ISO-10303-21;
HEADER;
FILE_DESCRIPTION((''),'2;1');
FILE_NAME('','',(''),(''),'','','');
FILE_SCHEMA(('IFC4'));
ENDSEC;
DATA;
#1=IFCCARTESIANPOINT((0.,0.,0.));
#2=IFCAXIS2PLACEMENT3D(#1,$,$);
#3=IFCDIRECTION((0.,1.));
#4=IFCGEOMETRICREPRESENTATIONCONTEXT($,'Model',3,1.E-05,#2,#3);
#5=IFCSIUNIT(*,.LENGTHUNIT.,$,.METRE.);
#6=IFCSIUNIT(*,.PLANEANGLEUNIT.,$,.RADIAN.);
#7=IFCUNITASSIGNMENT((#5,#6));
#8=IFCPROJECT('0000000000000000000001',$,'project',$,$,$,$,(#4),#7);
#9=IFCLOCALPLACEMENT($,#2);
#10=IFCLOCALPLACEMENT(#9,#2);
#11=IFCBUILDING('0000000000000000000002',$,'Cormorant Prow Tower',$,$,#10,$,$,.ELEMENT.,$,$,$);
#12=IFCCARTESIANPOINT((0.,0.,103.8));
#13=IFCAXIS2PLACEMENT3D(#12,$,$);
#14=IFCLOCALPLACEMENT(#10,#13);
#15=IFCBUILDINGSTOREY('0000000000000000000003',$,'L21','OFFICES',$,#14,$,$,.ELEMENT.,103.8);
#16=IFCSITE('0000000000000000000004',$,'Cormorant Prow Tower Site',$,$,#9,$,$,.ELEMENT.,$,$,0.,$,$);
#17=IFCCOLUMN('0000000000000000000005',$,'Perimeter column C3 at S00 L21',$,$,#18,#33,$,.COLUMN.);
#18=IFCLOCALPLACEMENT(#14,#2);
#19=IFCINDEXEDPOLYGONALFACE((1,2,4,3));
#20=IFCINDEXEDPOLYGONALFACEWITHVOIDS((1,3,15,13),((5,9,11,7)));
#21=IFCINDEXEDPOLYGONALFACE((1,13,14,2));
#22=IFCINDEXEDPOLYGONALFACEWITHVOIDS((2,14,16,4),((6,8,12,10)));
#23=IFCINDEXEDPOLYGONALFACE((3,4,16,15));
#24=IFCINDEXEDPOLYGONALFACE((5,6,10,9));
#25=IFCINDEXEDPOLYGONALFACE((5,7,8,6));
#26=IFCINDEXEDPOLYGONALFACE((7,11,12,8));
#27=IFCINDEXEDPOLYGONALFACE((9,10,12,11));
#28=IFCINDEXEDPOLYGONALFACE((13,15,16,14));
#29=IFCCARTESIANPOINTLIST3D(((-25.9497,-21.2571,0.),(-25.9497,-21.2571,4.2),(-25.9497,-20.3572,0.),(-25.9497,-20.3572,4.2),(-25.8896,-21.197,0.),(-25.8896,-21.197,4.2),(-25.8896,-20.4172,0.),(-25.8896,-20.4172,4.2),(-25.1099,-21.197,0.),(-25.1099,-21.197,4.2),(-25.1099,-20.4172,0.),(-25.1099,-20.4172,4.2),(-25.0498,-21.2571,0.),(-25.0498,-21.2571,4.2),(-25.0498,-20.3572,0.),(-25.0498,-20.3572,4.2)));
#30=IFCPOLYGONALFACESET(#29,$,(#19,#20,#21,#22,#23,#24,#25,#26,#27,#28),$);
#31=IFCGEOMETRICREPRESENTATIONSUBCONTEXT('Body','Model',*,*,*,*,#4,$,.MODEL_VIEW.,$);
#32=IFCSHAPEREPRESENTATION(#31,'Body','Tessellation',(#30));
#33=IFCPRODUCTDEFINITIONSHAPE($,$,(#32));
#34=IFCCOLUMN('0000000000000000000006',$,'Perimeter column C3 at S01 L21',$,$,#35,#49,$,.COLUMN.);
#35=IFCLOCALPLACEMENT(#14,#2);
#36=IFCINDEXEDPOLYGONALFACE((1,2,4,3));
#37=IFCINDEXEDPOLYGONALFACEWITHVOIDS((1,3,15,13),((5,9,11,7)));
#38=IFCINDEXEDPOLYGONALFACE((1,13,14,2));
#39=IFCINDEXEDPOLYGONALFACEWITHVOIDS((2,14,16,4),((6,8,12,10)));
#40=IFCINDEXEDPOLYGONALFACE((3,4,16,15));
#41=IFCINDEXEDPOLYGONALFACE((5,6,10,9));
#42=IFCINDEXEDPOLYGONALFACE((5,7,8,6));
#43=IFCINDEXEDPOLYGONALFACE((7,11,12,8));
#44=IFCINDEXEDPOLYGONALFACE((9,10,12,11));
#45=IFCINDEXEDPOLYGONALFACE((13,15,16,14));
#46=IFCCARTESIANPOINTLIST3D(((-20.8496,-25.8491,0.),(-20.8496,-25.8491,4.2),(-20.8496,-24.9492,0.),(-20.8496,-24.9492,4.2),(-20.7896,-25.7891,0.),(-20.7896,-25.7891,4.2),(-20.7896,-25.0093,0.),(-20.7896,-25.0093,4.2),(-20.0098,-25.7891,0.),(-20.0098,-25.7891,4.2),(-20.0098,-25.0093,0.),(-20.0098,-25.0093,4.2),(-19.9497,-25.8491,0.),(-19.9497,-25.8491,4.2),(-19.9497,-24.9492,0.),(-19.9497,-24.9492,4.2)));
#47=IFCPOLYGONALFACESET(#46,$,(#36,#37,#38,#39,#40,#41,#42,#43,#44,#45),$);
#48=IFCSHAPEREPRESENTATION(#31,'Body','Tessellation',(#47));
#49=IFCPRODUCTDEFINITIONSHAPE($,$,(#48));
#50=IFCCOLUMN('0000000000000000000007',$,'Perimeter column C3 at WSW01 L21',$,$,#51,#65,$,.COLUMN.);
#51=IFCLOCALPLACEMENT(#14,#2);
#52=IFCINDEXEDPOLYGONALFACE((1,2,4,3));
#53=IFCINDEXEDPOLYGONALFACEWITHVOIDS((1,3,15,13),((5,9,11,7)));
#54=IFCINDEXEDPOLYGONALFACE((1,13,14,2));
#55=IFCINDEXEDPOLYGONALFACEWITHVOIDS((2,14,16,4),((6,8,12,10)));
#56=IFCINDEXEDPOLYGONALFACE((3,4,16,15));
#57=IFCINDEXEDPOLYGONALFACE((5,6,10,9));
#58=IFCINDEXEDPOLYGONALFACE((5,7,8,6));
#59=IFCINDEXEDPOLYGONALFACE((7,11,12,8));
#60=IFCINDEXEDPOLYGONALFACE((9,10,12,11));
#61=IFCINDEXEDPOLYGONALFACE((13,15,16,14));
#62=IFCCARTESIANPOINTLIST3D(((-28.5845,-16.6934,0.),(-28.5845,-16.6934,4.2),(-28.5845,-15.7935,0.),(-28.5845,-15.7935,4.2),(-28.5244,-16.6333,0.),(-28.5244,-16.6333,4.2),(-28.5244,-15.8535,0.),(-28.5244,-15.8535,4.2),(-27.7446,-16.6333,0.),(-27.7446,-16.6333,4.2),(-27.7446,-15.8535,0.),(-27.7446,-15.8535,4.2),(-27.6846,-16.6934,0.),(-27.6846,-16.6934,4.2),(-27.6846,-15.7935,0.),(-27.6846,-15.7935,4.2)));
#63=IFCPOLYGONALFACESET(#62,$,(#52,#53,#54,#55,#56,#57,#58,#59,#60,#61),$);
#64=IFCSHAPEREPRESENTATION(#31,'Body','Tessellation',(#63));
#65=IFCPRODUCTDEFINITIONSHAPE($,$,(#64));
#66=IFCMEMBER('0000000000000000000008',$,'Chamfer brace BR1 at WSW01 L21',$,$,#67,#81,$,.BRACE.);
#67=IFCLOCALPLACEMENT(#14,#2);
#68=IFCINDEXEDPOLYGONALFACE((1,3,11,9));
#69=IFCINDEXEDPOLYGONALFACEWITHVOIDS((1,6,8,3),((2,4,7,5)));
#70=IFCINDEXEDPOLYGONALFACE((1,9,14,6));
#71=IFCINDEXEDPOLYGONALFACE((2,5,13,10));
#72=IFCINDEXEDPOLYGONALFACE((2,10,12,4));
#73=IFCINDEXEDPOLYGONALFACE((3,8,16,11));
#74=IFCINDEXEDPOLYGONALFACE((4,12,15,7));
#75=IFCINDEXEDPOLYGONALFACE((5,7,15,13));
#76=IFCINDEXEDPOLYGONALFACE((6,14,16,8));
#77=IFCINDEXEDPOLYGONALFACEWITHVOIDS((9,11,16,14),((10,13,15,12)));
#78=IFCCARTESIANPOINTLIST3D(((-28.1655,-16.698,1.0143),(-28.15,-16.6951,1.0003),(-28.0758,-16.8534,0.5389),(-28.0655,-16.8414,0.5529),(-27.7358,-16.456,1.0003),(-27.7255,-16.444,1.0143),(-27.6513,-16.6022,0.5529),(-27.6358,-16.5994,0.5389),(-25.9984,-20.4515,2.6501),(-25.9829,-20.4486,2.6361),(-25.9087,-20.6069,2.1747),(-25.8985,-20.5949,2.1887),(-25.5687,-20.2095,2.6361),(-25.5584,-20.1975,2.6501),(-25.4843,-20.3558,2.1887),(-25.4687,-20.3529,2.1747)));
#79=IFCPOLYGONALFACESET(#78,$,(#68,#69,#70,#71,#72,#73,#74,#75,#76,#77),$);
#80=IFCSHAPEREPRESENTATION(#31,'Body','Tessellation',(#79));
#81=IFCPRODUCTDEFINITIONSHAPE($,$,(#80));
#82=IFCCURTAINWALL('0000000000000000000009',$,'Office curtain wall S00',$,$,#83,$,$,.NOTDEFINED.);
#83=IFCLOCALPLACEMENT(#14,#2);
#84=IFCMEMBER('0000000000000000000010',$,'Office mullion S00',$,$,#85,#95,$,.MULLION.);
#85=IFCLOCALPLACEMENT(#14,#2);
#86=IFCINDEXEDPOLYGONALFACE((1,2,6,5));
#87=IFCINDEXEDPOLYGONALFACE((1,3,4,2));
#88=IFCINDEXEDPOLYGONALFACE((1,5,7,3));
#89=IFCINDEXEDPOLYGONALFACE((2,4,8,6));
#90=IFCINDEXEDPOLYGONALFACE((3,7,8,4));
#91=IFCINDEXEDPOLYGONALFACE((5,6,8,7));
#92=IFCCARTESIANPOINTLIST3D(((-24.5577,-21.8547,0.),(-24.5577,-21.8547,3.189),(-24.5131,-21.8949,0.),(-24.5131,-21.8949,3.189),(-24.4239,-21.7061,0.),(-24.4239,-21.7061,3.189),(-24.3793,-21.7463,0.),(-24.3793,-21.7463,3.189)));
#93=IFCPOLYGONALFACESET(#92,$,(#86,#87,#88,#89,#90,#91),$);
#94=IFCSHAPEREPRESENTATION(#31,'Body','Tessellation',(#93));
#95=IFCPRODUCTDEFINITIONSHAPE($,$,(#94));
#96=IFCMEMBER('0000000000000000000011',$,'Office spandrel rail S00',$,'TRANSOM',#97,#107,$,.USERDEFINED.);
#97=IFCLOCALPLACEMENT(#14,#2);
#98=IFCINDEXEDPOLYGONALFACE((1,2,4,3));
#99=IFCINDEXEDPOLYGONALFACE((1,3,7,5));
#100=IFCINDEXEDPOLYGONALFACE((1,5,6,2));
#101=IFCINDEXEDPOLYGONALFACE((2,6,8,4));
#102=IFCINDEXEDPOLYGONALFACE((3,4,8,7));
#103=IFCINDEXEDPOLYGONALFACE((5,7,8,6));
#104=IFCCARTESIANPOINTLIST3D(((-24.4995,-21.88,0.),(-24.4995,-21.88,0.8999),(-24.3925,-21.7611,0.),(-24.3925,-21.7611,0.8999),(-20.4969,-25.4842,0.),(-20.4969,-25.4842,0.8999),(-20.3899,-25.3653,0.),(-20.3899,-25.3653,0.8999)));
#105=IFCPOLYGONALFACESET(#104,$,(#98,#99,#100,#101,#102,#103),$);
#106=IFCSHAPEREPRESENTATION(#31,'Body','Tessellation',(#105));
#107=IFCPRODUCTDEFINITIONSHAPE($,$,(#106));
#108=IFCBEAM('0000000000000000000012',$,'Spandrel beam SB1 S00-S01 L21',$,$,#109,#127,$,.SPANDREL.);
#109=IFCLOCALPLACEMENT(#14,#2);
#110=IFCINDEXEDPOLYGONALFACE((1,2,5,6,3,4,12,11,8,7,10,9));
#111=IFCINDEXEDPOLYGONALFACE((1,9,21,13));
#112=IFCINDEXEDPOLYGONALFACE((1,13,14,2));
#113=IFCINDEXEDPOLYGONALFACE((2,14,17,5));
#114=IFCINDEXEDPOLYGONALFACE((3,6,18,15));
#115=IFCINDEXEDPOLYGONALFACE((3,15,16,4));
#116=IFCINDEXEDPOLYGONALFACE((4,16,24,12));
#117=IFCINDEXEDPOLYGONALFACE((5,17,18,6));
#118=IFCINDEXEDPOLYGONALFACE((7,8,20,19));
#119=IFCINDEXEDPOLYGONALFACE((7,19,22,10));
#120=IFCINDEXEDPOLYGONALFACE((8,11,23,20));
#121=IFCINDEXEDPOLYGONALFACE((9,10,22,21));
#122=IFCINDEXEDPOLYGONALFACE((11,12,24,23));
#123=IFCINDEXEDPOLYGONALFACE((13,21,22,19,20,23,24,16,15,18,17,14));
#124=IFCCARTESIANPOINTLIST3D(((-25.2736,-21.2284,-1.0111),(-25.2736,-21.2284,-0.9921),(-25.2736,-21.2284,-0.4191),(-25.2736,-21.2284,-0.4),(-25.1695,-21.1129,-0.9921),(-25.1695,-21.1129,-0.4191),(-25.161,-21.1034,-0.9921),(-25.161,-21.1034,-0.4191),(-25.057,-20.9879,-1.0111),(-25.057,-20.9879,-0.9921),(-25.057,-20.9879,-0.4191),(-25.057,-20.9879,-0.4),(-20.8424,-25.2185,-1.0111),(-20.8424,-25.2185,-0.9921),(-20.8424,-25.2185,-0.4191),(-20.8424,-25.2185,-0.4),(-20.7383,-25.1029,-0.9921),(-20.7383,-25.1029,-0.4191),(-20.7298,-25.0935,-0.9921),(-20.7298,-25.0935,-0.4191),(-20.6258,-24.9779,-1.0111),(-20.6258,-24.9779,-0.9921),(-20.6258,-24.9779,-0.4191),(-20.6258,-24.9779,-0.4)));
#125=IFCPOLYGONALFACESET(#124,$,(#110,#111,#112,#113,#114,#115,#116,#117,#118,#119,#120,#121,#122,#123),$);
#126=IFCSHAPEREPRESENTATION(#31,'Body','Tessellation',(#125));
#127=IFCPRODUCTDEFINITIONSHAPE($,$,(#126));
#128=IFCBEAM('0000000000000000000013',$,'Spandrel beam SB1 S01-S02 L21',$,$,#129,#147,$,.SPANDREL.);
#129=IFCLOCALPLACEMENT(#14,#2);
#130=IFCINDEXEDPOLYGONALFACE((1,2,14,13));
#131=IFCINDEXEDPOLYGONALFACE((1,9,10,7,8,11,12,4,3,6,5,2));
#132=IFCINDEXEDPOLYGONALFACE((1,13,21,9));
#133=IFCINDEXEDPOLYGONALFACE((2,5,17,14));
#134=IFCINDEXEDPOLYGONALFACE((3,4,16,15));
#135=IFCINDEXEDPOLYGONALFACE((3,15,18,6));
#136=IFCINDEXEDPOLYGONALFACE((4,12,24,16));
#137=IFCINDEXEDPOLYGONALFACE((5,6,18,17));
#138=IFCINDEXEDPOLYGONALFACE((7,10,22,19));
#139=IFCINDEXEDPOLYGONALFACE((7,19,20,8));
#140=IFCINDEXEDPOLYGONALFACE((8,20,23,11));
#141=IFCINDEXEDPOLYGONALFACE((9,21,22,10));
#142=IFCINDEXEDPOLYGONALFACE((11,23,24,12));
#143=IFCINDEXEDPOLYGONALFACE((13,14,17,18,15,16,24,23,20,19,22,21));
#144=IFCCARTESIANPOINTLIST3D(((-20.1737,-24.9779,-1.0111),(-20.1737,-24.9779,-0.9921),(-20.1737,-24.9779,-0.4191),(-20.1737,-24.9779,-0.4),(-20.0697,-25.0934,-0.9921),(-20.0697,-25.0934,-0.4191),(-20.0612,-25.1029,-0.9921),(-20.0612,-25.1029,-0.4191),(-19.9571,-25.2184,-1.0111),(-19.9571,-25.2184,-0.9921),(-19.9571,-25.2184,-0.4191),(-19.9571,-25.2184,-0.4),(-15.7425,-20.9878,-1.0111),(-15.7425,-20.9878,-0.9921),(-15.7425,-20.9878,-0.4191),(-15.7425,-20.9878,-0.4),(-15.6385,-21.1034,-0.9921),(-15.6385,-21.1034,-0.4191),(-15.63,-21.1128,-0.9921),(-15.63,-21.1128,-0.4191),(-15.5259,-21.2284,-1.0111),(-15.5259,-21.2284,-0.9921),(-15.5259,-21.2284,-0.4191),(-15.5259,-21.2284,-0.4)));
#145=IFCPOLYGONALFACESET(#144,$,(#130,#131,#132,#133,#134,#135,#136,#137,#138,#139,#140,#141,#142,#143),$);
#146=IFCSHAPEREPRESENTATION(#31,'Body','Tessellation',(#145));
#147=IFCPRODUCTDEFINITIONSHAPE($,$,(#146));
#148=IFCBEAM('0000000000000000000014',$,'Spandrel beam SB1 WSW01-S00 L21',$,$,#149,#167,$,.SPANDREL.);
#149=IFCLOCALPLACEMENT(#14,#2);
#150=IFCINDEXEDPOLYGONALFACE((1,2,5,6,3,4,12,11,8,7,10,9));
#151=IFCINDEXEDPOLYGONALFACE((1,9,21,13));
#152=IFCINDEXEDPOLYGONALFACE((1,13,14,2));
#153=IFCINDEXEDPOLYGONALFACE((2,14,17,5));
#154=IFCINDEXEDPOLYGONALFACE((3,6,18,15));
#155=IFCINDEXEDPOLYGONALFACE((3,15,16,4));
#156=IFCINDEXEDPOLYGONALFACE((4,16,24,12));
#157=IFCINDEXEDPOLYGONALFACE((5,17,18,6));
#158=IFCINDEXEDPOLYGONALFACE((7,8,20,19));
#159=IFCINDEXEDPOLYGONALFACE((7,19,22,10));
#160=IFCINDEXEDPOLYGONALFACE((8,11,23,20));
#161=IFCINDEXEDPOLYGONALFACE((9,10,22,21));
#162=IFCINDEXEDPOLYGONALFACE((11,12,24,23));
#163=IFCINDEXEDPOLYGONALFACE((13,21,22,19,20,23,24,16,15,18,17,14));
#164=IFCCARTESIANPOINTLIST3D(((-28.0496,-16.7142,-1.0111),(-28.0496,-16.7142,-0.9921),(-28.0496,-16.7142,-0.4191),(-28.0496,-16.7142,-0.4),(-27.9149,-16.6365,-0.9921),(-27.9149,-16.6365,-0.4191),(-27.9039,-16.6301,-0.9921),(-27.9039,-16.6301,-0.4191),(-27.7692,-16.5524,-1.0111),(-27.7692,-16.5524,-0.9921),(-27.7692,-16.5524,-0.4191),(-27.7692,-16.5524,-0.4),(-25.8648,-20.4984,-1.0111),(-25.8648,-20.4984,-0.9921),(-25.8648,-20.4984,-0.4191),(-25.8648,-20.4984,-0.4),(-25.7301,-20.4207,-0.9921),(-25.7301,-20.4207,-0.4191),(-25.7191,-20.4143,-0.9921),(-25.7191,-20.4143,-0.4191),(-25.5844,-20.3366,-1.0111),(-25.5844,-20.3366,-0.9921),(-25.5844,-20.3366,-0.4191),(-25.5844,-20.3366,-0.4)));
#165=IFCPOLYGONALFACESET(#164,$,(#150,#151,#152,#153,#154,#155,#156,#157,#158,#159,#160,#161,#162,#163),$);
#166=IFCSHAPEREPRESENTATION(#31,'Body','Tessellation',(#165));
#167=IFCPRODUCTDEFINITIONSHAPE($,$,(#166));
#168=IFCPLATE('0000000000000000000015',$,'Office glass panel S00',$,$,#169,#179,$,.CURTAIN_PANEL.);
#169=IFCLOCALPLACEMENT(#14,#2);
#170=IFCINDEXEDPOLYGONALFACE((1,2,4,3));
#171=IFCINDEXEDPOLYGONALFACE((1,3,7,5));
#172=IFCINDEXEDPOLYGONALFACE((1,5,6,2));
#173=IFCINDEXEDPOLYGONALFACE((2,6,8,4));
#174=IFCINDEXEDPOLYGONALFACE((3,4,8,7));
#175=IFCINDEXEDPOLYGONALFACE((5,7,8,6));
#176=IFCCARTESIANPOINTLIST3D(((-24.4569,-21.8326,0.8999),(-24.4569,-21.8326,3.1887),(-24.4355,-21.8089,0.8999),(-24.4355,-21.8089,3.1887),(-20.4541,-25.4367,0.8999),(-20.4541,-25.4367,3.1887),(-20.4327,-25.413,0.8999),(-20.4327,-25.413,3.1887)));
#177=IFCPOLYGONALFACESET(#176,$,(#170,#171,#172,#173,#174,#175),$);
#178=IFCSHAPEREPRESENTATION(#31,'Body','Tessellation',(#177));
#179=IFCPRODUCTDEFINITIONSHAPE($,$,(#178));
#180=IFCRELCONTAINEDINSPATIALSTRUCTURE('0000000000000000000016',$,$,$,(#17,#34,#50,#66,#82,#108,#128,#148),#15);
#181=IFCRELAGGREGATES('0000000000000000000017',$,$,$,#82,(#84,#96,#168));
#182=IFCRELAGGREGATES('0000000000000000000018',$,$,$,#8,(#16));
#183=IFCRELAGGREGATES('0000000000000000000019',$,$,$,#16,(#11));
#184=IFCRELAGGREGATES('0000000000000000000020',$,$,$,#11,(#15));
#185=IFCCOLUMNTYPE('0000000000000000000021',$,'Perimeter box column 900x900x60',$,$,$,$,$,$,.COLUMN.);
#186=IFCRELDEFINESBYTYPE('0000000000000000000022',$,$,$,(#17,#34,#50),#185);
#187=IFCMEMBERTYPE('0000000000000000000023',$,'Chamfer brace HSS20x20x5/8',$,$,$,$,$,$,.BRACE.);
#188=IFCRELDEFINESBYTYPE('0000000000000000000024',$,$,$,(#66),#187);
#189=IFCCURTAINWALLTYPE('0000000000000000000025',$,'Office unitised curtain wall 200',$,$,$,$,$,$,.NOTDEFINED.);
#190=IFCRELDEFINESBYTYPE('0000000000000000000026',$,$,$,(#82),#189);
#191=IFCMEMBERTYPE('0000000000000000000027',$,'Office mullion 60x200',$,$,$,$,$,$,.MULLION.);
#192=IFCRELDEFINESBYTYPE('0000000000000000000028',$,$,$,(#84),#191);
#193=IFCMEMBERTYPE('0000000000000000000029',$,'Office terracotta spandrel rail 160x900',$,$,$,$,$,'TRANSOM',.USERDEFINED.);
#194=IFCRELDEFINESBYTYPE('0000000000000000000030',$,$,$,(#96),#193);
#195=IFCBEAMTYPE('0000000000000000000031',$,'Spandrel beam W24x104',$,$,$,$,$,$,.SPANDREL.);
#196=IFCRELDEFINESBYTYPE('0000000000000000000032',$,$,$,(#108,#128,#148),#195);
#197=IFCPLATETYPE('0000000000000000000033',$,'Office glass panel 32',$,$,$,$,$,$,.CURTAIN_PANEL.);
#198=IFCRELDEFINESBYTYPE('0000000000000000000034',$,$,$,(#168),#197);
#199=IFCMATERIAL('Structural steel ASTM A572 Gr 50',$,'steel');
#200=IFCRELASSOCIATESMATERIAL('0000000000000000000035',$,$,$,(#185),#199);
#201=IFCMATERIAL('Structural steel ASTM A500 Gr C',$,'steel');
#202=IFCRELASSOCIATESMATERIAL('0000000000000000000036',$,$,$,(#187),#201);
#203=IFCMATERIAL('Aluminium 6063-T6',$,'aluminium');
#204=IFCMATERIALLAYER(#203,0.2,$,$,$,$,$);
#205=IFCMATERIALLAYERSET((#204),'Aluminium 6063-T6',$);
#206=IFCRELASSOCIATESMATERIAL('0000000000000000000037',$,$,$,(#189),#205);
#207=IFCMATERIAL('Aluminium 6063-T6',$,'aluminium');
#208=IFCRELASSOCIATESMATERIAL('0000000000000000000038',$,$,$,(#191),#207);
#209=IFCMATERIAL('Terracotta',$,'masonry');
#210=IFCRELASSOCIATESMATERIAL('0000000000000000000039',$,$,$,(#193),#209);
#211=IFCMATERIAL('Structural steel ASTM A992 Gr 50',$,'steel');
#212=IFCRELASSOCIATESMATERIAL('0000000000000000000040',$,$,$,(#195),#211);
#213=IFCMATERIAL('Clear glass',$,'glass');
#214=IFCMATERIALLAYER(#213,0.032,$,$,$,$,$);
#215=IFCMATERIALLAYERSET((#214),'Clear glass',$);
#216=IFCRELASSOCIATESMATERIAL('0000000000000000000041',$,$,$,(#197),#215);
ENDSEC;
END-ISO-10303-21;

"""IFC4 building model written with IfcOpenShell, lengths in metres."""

from ifc_helpers import new_model, si_unit, direction, frame, origin, origin_2d, place, context, subcontext, project, spatial, rectangle, hollow_rectangle, i_section, extrude, material, layer, layer_set, material_profile, profile_set, type_object, element, aggregate, save


model = new_model("IFC4")

# Units and contexts
model_context = context("Model", 3, precision=1e-05, world=origin(), true_north=direction((0.0, 1.0)))
body_context = subcontext(model_context, "Body", "Model", "MODEL_VIEW")
ifc_project = project(units=[si_unit("LENGTHUNIT", "METRE"), si_unit("PLANEANGLEUNIT", "RADIAN")], contexts=[model_context])

# Site, building, storey
site_placement = place(None, origin())
site = spatial("IfcSite", under=ifc_project, at=site_placement, Name="Cormorant Prow Tower Site", CompositionType="ELEMENT", RefElevation=0.0)
building_placement = place(site_placement, origin())
building = spatial("IfcBuilding", under=site, at=building_placement, Name="Cormorant Prow Tower", CompositionType="ELEMENT")
storey_placement = place(building_placement, frame((0.0, 0.0, 103.8)))
storey = spatial("IfcBuildingStorey", under=building, at=storey_placement, Name="L21", Description="OFFICES", CompositionType="ELEMENT", Elevation=103.8)

# Columns
ifc_material_1 = material(Name="Structural steel ASTM A572 Gr 50", Category="steel")
ifc_material_profile_1 = material_profile(ifc_material_1, hollow_rectangle(XDim=0.8999, YDim=0.8999, WallThickness=0.0601, at=origin_2d()), Name="Box 900x900x60")
ifc_profile_set_1 = profile_set([ifc_material_profile_1], Name="Structural steel ASTM A572 Gr 50")
column_type = type_object("IfcColumnType", Name="Perimeter box column 900x900x60", PredefinedType="COLUMN", material=ifc_profile_set_1)
for number, where, z_axis, x_axis, name in (
    (1, (-25.4998, -20.8071, 0.0), (0.0, 0.0, 1.0), (1.0, 0.0, 0.0), "Perimeter column C3 at S00 L21"),
    (2, (-20.3997, -25.3992, 0.0), (0.0, 0.0, 1.0), (1.0, 0.0, 0.0), "Perimeter column C3 at S01 L21"),
    (3, (-28.1345, -16.2434, 0.0), (0.0, 0.0, 1.0), (1.0, 0.0, 0.0), "Perimeter column C3 at WSW01 L21"),
):
    element("IfcColumn", number, at=place(storey_placement, frame(where, z_axis=z_axis, x_axis=x_axis)), inside=storey, type_object=column_type, Name=name, PredefinedType="COLUMN", context=body_context, shape_type="SweptSolid", body=[
        extrude(hollow_rectangle(XDim=0.8999, YDim=0.8999, WallThickness=0.0601, at=origin_2d()), origin(), (0.0, 0.0, 1.0), 4.2),
    ])

# Member
ifc_material_2 = material(Name="Structural steel ASTM A500 Gr C", Category="steel")
ifc_material_profile_2 = material_profile(ifc_material_2, hollow_rectangle(XDim=0.5081, YDim=0.5081, WallThickness=0.0149, at=origin_2d()), Name="HSS20x20x5/8")
ifc_profile_set_2 = profile_set([ifc_material_profile_2], Name="Structural steel ASTM A500 Gr C")
member_type_1 = type_object("IfcMemberType", Name="Chamfer brace HSS20x20x5/8", PredefinedType="BRACE", material=ifc_profile_set_2)
member_1_placement = place(storey_placement, frame((-27.9006, -16.6487, 0.7766), z_axis=(0.467785, -0.810244, 0.353105), x_axis=(0.86603, 0.499992, 0.0)))
element("IfcMember", 4, at=member_1_placement, inside=storey, type_object=member_type_1, Name="Chamfer brace BR1 at WSW01 L21", PredefinedType="BRACE", context=body_context, shape_type="SweptSolid", body=[
    extrude(hollow_rectangle(XDim=0.5081, YDim=0.5081, WallThickness=0.0149, at=origin_2d()), origin(), (0.0, 0.0, 1.0), 4.6326),
])

# Curtain wall, members
ifc_material_3 = material(Name="Aluminium 6063-T6", Category="aluminium")
ifc_layer_1 = layer(ifc_material_3, 0.2)
ifc_layer_set_1 = layer_set([ifc_layer_1], Name="Aluminium 6063-T6")
curtain_wall_type = type_object("IfcCurtainWallType", Name="Office unitised curtain wall 200", PredefinedType="NOTDEFINED", material=ifc_layer_set_1)
curtain_wall_placement = place(storey_placement, origin())
curtain_wall = element("IfcCurtainWall", 5, at=curtain_wall_placement, inside=storey, type_object=curtain_wall_type, Name="Office curtain wall S00", PredefinedType="NOTDEFINED")
ifc_material_4 = material(Name="Aluminium 6063-T6", Category="aluminium")
ifc_material_profile_3 = material_profile(ifc_material_4, rectangle(XDim=0.2, YDim=0.0601, at=origin_2d()), Name="Office mullion 60x200")
ifc_profile_set_3 = profile_set([ifc_material_profile_3], Name="Aluminium 6063-T6")
member_type_2 = type_object("IfcMemberType", Name="Office mullion 60x200", PredefinedType="MULLION", material=ifc_profile_set_3)
member_2_placement = place(storey_placement, frame((-24.4685, -21.8005, 0.0), z_axis=(0.0, 0.0, 1.0), x_axis=(0.669131, 0.743145, 0.0)))
member_2 = element("IfcMember", 6, at=member_2_placement, type_object=member_type_2, Name="Office mullion S00", PredefinedType="MULLION", context=body_context, shape_type="SweptSolid", body=[
    extrude(rectangle(XDim=0.2, YDim=0.0601, at=origin_2d()), origin(), (0.0, 0.0, 1.0), 3.189),
])
ifc_material_5 = material(Name="Terracotta", Category="masonry")
ifc_material_profile_4 = material_profile(ifc_material_5, rectangle(XDim=0.1599, YDim=0.8999, at=origin_2d()), Name="Office terracotta spandrel rail 160x900")
ifc_profile_set_4 = profile_set([ifc_material_profile_4], Name="Terracotta")
member_type_3 = type_object("IfcMemberType", Name="Office terracotta spandrel rail 160x900", ElementType="TRANSOM", PredefinedType="USERDEFINED", material=ifc_profile_set_4)
member_3_placement = place(storey_placement, frame((-24.446, -21.8206, 0.45), z_axis=(0.743125, -0.669153, 0.0), x_axis=(0.669153, 0.743125, 0.0)))
member_3 = element("IfcMember", 7, at=member_3_placement, type_object=member_type_3, Name="Office spandrel rail S00", ObjectType="TRANSOM", PredefinedType="USERDEFINED", context=body_context, shape_type="SweptSolid", body=[
    extrude(rectangle(XDim=0.1599, YDim=0.8999, at=origin_2d()), origin(), (0.0, 0.0, 1.0), 5.3862),
])

# Beams
ifc_material_6 = material(Name="Structural steel ASTM A992 Gr 50", Category="steel")
ifc_material_profile_5 = material_profile(ifc_material_6, i_section(OverallWidth=0.3237, OverallDepth=0.6111, WebThickness=0.0127, FlangeThickness=0.019, at=origin_2d()), Name="W24x104")
ifc_profile_set_5 = profile_set([ifc_material_profile_5], Name="Structural steel ASTM A992 Gr 50")
beam_type = type_object("IfcBeamType", Name="Spandrel beam W24x104", PredefinedType="SPANDREL", material=ifc_profile_set_5)
for number, where, z_axis, x_axis, name in (
    (8, (-25.1653, -21.1082, -0.7056), (0.743131, -0.669146, 0.0), (0.669146, 0.743131, 0.0), "Spandrel beam SB1 S00-S01 L21"),
    (9, (-20.0654, -25.0981, -0.7056), (0.743131, 0.669146, 0.0), (-0.669146, 0.743131, 0.0), "Spandrel beam SB1 S01-S02 L21"),
):
    element("IfcBeam", number, at=place(storey_placement, frame(where, z_axis=z_axis, x_axis=x_axis)), inside=storey, type_object=beam_type, Name=name, PredefinedType="SPANDREL", context=body_context, shape_type="SweptSolid", body=[
        extrude(i_section(OverallWidth=0.3237, OverallDepth=0.6111, WebThickness=0.0127, FlangeThickness=0.019, at=origin_2d()), origin(), (0.0, 0.0, 1.0), 5.9629),
    ])
beam_placement = place(storey_placement, frame((-27.9094, -16.6333, -0.7056), z_axis=(0.500003, -0.866024, 0.0), x_axis=(0.866024, 0.500003, 0.0)))
element("IfcBeam", 10, at=beam_placement, inside=storey, type_object=beam_type, Name="Spandrel beam SB1 WSW01-S00 L21", PredefinedType="SPANDREL", context=body_context, shape_type="SweptSolid", body=[
    extrude(i_section(OverallWidth=0.3237, OverallDepth=0.6111, WebThickness=0.0127, FlangeThickness=0.019, at=origin_2d()), origin(), (0.0, 0.0, 1.0), 4.3696),
])

# Plate
ifc_material_7 = material(Name="Clear glass", Category="glass")
ifc_layer_2 = layer(ifc_material_7, 0.032)
ifc_layer_set_2 = layer_set([ifc_layer_2], Name="Clear glass")
plate_type = type_object("IfcPlateType", Name="Office glass panel 32", PredefinedType="CURTAIN_PANEL", material=ifc_layer_set_2)
plate_placement = place(storey_placement, frame((-22.4448, -23.6228, 0.8999), z_axis=(0.0, 0.0, 1.0), x_axis=(0.743145, -0.669131, 0.0)))
plate = element("IfcPlate", 11, at=plate_placement, type_object=plate_type, Name="Office glass panel S00", PredefinedType="CURTAIN_PANEL", context=body_context, shape_type="SweptSolid", body=[
    extrude(rectangle(XDim=5.3862, YDim=0.032, at=origin_2d()), origin(), (0.0, 0.0, 1.0), 2.2888),
])
aggregate(curtain_wall, [member_2, member_3, plate])

save(model, "model.ifc")
